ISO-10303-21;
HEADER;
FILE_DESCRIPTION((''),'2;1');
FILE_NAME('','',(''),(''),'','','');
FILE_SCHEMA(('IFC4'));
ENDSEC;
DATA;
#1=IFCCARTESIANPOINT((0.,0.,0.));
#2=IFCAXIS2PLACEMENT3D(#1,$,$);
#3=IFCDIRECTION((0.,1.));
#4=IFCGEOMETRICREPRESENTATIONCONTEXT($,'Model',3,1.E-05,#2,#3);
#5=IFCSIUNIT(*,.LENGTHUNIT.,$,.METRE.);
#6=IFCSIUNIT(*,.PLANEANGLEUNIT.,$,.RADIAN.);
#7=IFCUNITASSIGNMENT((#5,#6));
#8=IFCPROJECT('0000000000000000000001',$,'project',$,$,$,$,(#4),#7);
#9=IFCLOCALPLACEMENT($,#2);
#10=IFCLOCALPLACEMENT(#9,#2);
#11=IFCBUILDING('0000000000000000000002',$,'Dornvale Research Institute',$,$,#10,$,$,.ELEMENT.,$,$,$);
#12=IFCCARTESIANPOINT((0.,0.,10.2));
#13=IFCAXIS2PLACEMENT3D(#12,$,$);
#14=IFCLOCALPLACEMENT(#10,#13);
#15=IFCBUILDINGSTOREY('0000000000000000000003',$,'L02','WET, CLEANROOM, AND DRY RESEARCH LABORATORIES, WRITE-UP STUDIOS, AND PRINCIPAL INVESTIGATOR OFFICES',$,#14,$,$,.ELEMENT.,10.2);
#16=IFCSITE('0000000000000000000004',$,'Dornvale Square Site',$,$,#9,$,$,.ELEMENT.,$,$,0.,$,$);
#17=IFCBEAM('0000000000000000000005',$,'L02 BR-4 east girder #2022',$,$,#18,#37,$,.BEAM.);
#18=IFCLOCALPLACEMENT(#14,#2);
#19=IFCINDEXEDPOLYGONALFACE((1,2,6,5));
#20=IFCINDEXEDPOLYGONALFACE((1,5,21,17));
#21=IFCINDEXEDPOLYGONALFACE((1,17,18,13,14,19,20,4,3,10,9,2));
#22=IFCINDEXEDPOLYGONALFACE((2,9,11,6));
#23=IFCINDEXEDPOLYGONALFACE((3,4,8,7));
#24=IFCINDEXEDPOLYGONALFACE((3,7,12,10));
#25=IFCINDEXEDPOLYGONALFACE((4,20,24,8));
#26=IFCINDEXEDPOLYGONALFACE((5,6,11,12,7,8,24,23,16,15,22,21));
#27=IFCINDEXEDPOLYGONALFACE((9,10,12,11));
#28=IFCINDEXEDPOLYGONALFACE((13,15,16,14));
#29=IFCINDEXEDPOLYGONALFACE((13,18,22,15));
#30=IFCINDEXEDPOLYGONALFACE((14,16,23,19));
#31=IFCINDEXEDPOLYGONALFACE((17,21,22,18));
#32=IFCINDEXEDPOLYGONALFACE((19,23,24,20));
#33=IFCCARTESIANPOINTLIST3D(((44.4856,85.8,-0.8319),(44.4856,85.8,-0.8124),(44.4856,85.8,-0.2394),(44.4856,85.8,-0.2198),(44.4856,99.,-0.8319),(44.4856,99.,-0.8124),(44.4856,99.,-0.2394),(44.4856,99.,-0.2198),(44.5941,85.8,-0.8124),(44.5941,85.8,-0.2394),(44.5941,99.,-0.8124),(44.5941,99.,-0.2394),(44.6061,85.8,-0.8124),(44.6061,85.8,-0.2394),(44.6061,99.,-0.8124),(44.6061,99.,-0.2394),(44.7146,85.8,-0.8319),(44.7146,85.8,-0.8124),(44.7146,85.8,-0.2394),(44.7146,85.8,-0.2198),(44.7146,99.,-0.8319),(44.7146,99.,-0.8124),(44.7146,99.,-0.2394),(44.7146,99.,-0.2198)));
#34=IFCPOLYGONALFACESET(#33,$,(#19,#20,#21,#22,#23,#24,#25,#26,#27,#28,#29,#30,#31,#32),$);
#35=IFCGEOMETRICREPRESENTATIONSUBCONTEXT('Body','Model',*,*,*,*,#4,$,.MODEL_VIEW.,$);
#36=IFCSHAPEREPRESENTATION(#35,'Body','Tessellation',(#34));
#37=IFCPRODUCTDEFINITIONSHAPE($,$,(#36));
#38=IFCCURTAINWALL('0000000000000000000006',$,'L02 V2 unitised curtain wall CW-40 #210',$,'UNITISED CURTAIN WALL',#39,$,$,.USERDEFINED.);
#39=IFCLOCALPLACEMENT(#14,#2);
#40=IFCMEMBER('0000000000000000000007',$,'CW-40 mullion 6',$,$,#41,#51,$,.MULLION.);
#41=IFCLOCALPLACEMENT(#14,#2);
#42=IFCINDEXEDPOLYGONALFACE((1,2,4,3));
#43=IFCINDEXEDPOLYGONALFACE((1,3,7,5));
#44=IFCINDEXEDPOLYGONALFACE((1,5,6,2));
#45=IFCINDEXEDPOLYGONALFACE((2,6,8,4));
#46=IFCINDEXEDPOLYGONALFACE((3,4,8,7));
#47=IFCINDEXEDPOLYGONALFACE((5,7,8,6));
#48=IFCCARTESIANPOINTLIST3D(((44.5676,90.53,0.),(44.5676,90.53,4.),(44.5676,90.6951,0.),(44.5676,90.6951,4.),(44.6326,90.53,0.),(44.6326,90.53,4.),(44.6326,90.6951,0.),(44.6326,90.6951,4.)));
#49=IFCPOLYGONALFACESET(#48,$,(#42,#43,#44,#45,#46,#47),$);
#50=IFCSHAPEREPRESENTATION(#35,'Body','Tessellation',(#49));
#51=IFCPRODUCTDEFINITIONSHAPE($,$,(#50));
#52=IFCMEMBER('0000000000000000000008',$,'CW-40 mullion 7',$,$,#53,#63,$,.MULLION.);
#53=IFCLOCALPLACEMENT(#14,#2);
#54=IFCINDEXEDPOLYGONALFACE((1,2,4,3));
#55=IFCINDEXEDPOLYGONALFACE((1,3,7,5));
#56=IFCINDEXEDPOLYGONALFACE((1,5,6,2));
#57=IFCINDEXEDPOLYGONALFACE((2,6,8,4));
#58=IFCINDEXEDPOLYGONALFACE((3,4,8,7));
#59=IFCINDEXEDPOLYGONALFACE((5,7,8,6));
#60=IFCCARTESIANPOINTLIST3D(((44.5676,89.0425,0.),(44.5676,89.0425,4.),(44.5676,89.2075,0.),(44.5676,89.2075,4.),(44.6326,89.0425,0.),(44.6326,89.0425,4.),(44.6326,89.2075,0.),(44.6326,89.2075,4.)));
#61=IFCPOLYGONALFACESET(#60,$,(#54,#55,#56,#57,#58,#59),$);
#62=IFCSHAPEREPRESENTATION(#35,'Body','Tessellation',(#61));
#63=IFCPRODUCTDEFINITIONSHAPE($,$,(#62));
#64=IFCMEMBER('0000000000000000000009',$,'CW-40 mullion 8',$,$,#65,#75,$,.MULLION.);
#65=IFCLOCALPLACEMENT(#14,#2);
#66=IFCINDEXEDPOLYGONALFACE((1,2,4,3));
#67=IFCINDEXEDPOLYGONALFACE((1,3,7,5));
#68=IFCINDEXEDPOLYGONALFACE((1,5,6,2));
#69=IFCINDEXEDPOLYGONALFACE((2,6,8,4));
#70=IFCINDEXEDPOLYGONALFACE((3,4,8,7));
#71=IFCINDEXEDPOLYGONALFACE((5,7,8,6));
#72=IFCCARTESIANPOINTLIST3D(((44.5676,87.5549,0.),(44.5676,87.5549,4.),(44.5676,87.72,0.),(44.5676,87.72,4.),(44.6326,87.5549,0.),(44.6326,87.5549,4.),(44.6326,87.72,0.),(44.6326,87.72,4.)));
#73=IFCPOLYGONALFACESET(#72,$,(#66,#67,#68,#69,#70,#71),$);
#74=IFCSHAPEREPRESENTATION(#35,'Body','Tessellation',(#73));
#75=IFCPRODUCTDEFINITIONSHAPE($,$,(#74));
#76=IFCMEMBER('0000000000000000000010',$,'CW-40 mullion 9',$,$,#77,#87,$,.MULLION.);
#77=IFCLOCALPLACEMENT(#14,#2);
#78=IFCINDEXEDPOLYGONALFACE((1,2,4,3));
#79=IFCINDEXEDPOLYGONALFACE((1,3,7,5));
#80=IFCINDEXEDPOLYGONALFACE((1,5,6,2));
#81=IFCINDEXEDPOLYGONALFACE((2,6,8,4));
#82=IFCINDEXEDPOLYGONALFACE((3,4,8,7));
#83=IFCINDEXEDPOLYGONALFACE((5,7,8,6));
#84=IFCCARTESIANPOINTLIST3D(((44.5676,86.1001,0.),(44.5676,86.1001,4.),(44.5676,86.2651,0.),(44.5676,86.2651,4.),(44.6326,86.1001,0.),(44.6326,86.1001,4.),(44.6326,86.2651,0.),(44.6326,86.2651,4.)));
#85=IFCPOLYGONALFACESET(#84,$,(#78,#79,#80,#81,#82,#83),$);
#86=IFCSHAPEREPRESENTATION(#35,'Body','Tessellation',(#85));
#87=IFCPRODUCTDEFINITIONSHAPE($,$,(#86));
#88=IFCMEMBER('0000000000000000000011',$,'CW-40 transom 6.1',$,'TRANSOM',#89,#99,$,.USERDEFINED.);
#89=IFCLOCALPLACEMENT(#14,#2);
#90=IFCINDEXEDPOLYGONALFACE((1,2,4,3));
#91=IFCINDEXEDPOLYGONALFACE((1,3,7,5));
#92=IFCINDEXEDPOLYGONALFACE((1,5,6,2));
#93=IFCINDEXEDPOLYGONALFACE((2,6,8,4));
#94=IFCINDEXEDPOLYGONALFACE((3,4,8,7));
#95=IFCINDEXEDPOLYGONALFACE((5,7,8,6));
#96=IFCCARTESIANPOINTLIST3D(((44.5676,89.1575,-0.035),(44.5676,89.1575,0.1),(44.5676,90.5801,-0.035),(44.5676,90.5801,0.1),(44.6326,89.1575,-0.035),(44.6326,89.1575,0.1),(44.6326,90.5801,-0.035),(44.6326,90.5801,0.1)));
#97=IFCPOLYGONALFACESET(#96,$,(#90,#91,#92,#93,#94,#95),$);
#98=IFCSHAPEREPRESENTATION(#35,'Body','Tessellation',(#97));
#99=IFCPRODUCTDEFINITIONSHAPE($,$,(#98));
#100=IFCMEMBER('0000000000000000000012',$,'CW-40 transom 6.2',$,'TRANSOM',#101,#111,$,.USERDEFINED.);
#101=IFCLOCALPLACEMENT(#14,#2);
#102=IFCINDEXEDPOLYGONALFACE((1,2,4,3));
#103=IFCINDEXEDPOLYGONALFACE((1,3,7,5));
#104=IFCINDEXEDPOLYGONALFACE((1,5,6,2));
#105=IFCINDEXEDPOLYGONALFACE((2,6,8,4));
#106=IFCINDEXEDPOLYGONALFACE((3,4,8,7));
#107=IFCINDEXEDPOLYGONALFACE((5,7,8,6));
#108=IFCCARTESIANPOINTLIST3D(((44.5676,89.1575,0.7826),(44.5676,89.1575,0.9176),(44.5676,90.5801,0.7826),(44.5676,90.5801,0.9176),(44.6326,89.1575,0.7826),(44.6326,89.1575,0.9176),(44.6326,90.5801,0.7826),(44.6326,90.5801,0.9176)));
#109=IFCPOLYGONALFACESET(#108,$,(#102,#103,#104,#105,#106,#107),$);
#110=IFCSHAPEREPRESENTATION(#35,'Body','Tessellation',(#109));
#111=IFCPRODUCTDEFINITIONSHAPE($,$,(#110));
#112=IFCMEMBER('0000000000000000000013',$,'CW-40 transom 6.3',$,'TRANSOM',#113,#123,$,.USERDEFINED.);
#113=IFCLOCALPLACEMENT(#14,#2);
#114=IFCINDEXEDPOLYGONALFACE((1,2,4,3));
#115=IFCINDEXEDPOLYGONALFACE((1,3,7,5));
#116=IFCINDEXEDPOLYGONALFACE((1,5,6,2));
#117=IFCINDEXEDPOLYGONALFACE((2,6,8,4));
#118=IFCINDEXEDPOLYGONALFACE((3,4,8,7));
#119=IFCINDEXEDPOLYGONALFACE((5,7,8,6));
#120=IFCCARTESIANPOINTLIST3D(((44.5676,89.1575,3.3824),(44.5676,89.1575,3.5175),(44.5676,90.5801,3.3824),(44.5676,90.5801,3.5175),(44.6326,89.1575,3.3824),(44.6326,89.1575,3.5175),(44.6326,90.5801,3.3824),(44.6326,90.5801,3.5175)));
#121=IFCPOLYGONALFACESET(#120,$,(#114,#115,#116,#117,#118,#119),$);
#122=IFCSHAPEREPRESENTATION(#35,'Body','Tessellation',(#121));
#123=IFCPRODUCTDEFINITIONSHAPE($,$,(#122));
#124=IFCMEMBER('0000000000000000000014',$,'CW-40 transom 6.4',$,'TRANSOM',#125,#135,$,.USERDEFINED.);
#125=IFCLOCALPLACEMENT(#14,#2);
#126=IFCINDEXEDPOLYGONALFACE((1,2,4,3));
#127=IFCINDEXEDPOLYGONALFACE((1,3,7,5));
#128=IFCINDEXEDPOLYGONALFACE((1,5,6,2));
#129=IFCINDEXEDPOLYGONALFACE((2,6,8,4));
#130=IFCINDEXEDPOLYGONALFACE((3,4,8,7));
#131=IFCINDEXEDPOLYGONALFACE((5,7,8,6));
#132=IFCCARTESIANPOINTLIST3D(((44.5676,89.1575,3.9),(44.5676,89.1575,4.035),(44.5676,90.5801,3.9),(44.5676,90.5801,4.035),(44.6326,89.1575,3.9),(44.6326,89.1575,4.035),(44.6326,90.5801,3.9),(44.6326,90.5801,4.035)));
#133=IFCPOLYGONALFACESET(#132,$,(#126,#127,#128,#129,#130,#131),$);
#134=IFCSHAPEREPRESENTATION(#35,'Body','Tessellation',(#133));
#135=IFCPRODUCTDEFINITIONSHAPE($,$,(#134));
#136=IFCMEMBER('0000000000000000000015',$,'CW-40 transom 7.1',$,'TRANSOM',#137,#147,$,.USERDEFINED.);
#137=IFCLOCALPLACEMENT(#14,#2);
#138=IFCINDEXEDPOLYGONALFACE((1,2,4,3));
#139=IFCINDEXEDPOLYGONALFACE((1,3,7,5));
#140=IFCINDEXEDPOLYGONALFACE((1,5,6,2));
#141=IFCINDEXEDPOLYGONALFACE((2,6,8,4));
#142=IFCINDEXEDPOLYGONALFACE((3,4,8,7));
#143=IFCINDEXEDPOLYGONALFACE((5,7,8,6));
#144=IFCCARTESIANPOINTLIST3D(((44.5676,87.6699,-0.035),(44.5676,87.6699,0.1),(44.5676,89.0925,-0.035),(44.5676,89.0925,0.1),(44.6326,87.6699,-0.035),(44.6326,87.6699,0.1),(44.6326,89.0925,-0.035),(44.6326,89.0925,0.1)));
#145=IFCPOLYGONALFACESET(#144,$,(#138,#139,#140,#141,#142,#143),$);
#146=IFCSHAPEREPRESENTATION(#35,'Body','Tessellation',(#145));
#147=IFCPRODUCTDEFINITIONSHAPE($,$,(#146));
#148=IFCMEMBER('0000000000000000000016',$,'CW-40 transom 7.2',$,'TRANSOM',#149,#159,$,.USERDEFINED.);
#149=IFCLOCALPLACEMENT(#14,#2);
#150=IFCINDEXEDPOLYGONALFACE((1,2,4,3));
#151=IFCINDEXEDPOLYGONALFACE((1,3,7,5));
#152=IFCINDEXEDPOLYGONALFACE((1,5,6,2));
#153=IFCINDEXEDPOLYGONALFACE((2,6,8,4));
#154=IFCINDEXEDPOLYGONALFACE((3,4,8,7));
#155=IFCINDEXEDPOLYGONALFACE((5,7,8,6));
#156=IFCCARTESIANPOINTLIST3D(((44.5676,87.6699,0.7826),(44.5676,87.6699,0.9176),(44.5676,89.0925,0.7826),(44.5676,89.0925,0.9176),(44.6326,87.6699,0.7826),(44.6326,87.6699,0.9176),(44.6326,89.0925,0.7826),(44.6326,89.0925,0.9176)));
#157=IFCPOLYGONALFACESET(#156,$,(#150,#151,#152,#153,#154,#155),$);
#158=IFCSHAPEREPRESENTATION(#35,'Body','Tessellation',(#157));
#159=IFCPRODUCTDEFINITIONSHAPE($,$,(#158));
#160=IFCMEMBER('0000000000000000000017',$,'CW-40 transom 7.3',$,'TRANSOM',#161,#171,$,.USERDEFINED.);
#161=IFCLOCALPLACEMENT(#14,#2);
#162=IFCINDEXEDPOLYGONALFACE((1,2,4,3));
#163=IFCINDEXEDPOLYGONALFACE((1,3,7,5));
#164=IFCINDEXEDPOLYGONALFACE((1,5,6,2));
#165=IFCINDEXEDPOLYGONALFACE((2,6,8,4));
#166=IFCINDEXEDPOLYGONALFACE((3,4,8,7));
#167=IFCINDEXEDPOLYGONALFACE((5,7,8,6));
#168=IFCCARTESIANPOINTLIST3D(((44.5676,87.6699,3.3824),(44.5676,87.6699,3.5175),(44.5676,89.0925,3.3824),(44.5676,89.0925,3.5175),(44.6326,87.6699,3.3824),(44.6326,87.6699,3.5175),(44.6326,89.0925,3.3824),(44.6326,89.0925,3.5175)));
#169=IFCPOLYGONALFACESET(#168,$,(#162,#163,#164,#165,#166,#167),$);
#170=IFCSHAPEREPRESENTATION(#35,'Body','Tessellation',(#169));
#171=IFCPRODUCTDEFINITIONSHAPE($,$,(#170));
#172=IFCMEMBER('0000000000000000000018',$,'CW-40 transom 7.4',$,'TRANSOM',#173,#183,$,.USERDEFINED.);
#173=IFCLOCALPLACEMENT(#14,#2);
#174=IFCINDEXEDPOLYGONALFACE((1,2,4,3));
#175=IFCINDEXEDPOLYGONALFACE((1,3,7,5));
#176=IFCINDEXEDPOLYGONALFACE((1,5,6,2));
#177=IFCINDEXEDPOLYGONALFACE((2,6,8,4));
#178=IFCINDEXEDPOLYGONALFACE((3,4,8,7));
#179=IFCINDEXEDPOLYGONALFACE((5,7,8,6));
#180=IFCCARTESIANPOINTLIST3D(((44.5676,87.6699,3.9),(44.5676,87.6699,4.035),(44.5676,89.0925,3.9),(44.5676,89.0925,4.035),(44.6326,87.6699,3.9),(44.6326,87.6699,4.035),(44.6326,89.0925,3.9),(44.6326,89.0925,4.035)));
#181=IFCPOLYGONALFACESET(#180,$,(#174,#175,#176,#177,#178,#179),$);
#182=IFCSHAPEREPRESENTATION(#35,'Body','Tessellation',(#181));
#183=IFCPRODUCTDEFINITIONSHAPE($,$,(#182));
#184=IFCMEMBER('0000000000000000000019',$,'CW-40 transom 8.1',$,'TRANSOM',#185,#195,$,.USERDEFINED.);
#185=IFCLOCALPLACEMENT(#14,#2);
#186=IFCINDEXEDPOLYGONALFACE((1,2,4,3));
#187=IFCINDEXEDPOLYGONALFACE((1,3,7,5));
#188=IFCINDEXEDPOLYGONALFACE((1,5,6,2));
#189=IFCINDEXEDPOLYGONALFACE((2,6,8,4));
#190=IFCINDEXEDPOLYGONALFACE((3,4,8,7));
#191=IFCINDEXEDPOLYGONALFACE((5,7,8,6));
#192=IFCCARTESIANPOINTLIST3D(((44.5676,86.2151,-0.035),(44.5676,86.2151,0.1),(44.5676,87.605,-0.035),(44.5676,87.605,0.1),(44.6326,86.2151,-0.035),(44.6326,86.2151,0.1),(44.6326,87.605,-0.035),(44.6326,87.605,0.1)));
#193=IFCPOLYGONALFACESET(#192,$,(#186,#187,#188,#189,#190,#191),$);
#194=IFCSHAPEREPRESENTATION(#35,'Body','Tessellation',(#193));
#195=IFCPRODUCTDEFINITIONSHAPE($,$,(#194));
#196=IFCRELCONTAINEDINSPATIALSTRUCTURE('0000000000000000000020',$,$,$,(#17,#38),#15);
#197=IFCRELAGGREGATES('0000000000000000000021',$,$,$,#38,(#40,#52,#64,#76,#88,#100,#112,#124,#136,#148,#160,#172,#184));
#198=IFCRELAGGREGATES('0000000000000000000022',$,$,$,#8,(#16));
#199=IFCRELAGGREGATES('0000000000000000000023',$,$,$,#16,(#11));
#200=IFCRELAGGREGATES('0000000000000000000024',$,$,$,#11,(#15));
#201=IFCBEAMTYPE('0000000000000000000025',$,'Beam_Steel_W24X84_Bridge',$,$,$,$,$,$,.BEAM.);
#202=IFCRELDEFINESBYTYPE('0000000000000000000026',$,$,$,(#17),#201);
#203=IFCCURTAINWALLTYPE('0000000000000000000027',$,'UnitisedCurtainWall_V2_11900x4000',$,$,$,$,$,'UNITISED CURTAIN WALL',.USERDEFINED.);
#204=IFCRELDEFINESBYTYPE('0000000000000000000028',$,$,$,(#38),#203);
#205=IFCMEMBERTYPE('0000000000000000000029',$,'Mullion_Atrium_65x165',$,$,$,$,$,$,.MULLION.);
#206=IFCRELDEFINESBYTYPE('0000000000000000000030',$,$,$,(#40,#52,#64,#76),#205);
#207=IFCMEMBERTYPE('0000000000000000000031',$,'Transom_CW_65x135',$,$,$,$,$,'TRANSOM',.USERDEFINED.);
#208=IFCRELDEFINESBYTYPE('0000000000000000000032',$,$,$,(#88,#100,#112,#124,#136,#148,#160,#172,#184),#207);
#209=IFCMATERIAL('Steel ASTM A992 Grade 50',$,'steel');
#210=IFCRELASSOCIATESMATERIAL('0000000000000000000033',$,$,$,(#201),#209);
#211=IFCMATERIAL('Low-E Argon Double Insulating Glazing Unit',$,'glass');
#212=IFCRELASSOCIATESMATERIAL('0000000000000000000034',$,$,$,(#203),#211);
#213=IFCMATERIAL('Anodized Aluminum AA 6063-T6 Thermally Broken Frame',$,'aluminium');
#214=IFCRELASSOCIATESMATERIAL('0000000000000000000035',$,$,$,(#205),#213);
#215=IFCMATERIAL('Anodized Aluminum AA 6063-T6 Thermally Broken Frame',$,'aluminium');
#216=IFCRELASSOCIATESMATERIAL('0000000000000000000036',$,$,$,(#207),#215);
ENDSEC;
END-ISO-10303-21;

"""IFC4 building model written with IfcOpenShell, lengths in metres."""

from ifc_helpers import new_model, si_unit, direction, frame, origin, origin_2d, place, context, subcontext, project, spatial, rectangle, i_section, extrude, material, material_profile, profile_set, type_object, element, aggregate, save


model = new_model("IFC4")

# Units and contexts
model_context = context("Model", 3, precision=1e-05, world=origin(), true_north=direction((0.0, 1.0)))
body_context = subcontext(model_context, "Body", "Model", "MODEL_VIEW")
ifc_project = project(units=[si_unit("LENGTHUNIT", "METRE"), si_unit("PLANEANGLEUNIT", "RADIAN")], contexts=[model_context])

# Site, building, storey
site_placement = place(None, origin())
site = spatial("IfcSite", under=ifc_project, at=site_placement, Name="Dornvale Square Site", CompositionType="ELEMENT", RefElevation=0.0)
building_placement = place(site_placement, origin())
building = spatial("IfcBuilding", under=site, at=building_placement, Name="Dornvale Research Institute", CompositionType="ELEMENT")
storey_placement = place(building_placement, frame((0.0, 0.0, 10.2)))
storey = spatial("IfcBuildingStorey", under=building, at=storey_placement, Name="L02", Description="WET, CLEANROOM, AND DRY RESEARCH LABORATORIES, WRITE-UP STUDIOS, AND PRINCIPAL INVESTIGATOR OFFICES", CompositionType="ELEMENT", Elevation=10.2)

# Beam
ifc_material_1 = material(Name="Steel ASTM A992 Grade 50", Category="steel")
ifc_material_profile_1 = material_profile(ifc_material_1, i_section(OverallWidth=0.229, OverallDepth=0.6121, WebThickness=0.012, FlangeThickness=0.0195, at=origin_2d()), Name="W24X84")
ifc_profile_set_1 = profile_set([ifc_material_profile_1], Name="Steel ASTM A992 Grade 50")
beam_type = type_object("IfcBeamType", Name="Beam_Steel_W24X84_Bridge", PredefinedType="BEAM", material=ifc_profile_set_1)
beam_placement = place(storey_placement, frame((44.6001, 85.8, -0.5259), z_axis=(0.0, 1.0, 0.0), x_axis=(-1.0, 0.0, 0.0)))
element("IfcBeam", 1, at=beam_placement, inside=storey, type_object=beam_type, Name="L02 BR-4 east girder #2022", PredefinedType="BEAM", context=body_context, shape_type="SweptSolid", body=[
    extrude(i_section(OverallWidth=0.229, OverallDepth=0.6121, WebThickness=0.012, FlangeThickness=0.0195, at=origin_2d()), origin(), (0.0, 0.0, 1.0), 13.2),
])

# Curtain wall, members
ifc_material_2 = material(Name="Low-E Argon Double Insulating Glazing Unit", Category="glass")
curtain_wall_type = type_object("IfcCurtainWallType", Name="UnitisedCurtainWall_V2_11900x4000", ElementType="UNITISED CURTAIN WALL", PredefinedType="USERDEFINED", material=ifc_material_2)
curtain_wall_placement = place(storey_placement, origin())
curtain_wall = element("IfcCurtainWall", 2, at=curtain_wall_placement, inside=storey, type_object=curtain_wall_type, Name="L02 V2 unitised curtain wall CW-40 #210", ObjectType="UNITISED CURTAIN WALL", PredefinedType="USERDEFINED")
ifc_material_3 = material(Name="Anodized Aluminum AA 6063-T6 Thermally Broken Frame", Category="aluminium")
ifc_material_profile_2 = material_profile(ifc_material_3, rectangle(XDim=0.0649, YDim=0.165, at=origin_2d()), Name="ALU MULLION 65x165")
ifc_profile_set_2 = profile_set([ifc_material_profile_2], Name="Anodized Aluminum AA 6063-T6 Thermally Broken Frame")
member_type_1 = type_object("IfcMemberType", Name="Mullion_Atrium_65x165", PredefinedType="MULLION", material=ifc_profile_set_2)
member_1_placement = place(storey_placement, frame((44.6001, 90.6125, 0.0), z_axis=(0.0, 0.0, 1.0), x_axis=(1.0, 0.0, 0.0)))
member_1 = element("IfcMember", 3, at=member_1_placement, type_object=member_type_1, Name="CW-40 mullion 6", PredefinedType="MULLION", context=body_context, shape_type="SweptSolid", body=[
    extrude(rectangle(XDim=0.0649, YDim=0.165, at=origin_2d()), origin(), (0.0, 0.0, 1.0), 4.0),
])
member_2_placement = place(storey_placement, frame((44.6001, 89.125, 0.0), z_axis=(0.0, 0.0, 1.0), x_axis=(1.0, 0.0, 0.0)))
member_2 = element("IfcMember", 4, at=member_2_placement, type_object=member_type_1, Name="CW-40 mullion 7", PredefinedType="MULLION", context=body_context, shape_type="SweptSolid", body=[
    extrude(rectangle(XDim=0.0649, YDim=0.165, at=origin_2d()), origin(), (0.0, 0.0, 1.0), 4.0),
])
member_3_placement = place(storey_placement, frame((44.6001, 87.6375, 0.0), z_axis=(0.0, 0.0, 1.0), x_axis=(1.0, 0.0, 0.0)))
member_3 = element("IfcMember", 5, at=member_3_placement, type_object=member_type_1, Name="CW-40 mullion 8", PredefinedType="MULLION", context=body_context, shape_type="SweptSolid", body=[
    extrude(rectangle(XDim=0.0649, YDim=0.165, at=origin_2d()), origin(), (0.0, 0.0, 1.0), 4.0),
])
member_4_placement = place(storey_placement, frame((44.6001, 86.1826, 0.0), z_axis=(0.0, 0.0, 1.0), x_axis=(1.0, 0.0, 0.0)))
member_4 = element("IfcMember", 6, at=member_4_placement, type_object=member_type_1, Name="CW-40 mullion 9", PredefinedType="MULLION", context=body_context, shape_type="SweptSolid", body=[
    extrude(rectangle(XDim=0.0649, YDim=0.165, at=origin_2d()), origin(), (0.0, 0.0, 1.0), 4.0),
])
ifc_material_4 = material(Name="Anodized Aluminum AA 6063-T6 Thermally Broken Frame", Category="aluminium")
ifc_material_profile_3 = material_profile(ifc_material_4, rectangle(XDim=0.0649, YDim=0.135, at=origin_2d()), Name="ALU TRANSOM 65x135")
ifc_profile_set_3 = profile_set([ifc_material_profile_3], Name="Anodized Aluminum AA 6063-T6 Thermally Broken Frame")
member_type_2 = type_object("IfcMemberType", Name="Transom_CW_65x135", ElementType="TRANSOM", PredefinedType="USERDEFINED", material=ifc_profile_set_3)
member_5_placement = place(storey_placement, frame((44.6001, 90.5801, 0.0325), z_axis=(0.0, -1.0, 0.0), x_axis=(1.0, 0.0, 0.0)))
member_5 = element("IfcMember", 7, at=member_5_placement, type_object=member_type_2, Name="CW-40 transom 6.1", ObjectType="TRANSOM", PredefinedType="USERDEFINED", context=body_context, shape_type="SweptSolid", body=[
    extrude(rectangle(XDim=0.0649, YDim=0.135, at=origin_2d()), origin(), (0.0, 0.0, 1.0), 1.4226),
])
member_6_placement = place(storey_placement, frame((44.6001, 90.5801, 0.8501), z_axis=(0.0, -1.0, 0.0), x_axis=(1.0, 0.0, 0.0)))
member_6 = element("IfcMember", 8, at=member_6_placement, type_object=member_type_2, Name="CW-40 transom 6.2", ObjectType="TRANSOM", PredefinedType="USERDEFINED", context=body_context, shape_type="SweptSolid", body=[
    extrude(rectangle(XDim=0.0649, YDim=0.135, at=origin_2d()), origin(), (0.0, 0.0, 1.0), 1.4226),
])
member_7_placement = place(storey_placement, frame((44.6001, 90.5801, 3.45), z_axis=(0.0, -1.0, 0.0), x_axis=(1.0, 0.0, 0.0)))
member_7 = element("IfcMember", 9, at=member_7_placement, type_object=member_type_2, Name="CW-40 transom 6.3", ObjectType="TRANSOM", PredefinedType="USERDEFINED", context=body_context, shape_type="SweptSolid", body=[
    extrude(rectangle(XDim=0.0649, YDim=0.135, at=origin_2d()), origin(), (0.0, 0.0, 1.0), 1.4226),
])
member_8_placement = place(storey_placement, frame((44.6001, 90.5801, 3.9675), z_axis=(0.0, -1.0, 0.0), x_axis=(1.0, 0.0, 0.0)))
member_8 = element("IfcMember", 10, at=member_8_placement, type_object=member_type_2, Name="CW-40 transom 6.4", ObjectType="TRANSOM", PredefinedType="USERDEFINED", context=body_context, shape_type="SweptSolid", body=[
    extrude(rectangle(XDim=0.0649, YDim=0.135, at=origin_2d()), origin(), (0.0, 0.0, 1.0), 1.4226),
])
member_9_placement = place(storey_placement, frame((44.6001, 89.0925, 0.0325), z_axis=(0.0, -1.0, 0.0), x_axis=(1.0, 0.0, 0.0)))
member_9 = element("IfcMember", 11, at=member_9_placement, type_object=member_type_2, Name="CW-40 transom 7.1", ObjectType="TRANSOM", PredefinedType="USERDEFINED", context=body_context, shape_type="SweptSolid", body=[
    extrude(rectangle(XDim=0.0649, YDim=0.135, at=origin_2d()), origin(), (0.0, 0.0, 1.0), 1.4226),
])
member_10_placement = place(storey_placement, frame((44.6001, 89.0925, 0.8501), z_axis=(0.0, -1.0, 0.0), x_axis=(1.0, 0.0, 0.0)))
member_10 = element("IfcMember", 12, at=member_10_placement, type_object=member_type_2, Name="CW-40 transom 7.2", ObjectType="TRANSOM", PredefinedType="USERDEFINED", context=body_context, shape_type="SweptSolid", body=[
    extrude(rectangle(XDim=0.0649, YDim=0.135, at=origin_2d()), origin(), (0.0, 0.0, 1.0), 1.4226),
])
member_11_placement = place(storey_placement, frame((44.6001, 89.0925, 3.45), z_axis=(0.0, -1.0, 0.0), x_axis=(1.0, 0.0, 0.0)))
member_11 = element("IfcMember", 13, at=member_11_placement, type_object=member_type_2, Name="CW-40 transom 7.3", ObjectType="TRANSOM", PredefinedType="USERDEFINED", context=body_context, shape_type="SweptSolid", body=[
    extrude(rectangle(XDim=0.0649, YDim=0.135, at=origin_2d()), origin(), (0.0, 0.0, 1.0), 1.4226),
])
member_12_placement = place(storey_placement, frame((44.6001, 89.0925, 3.9675), z_axis=(0.0, -1.0, 0.0), x_axis=(1.0, 0.0, 0.0)))
member_12 = element("IfcMember", 14, at=member_12_placement, type_object=member_type_2, Name="CW-40 transom 7.4", ObjectType="TRANSOM", PredefinedType="USERDEFINED", context=body_context, shape_type="SweptSolid", body=[
    extrude(rectangle(XDim=0.0649, YDim=0.135, at=origin_2d()), origin(), (0.0, 0.0, 1.0), 1.4226),
])
member_13_placement = place(storey_placement, frame((44.6001, 87.605, 0.0325), z_axis=(0.0, -1.0, 0.0), x_axis=(1.0, 0.0, 0.0)))
member_13 = element("IfcMember", 15, at=member_13_placement, type_object=member_type_2, Name="CW-40 transom 8.1", ObjectType="TRANSOM", PredefinedType="USERDEFINED", context=body_context, shape_type="SweptSolid", body=[
    extrude(rectangle(XDim=0.0649, YDim=0.135, at=origin_2d()), origin(), (0.0, 0.0, 1.0), 1.3899),
])
aggregate(curtain_wall, [member_1, member_2, member_3, member_4, member_5, member_6, member_7, member_8, member_9, member_10, member_11, member_12, member_13])

save(model, "model.ifc")
